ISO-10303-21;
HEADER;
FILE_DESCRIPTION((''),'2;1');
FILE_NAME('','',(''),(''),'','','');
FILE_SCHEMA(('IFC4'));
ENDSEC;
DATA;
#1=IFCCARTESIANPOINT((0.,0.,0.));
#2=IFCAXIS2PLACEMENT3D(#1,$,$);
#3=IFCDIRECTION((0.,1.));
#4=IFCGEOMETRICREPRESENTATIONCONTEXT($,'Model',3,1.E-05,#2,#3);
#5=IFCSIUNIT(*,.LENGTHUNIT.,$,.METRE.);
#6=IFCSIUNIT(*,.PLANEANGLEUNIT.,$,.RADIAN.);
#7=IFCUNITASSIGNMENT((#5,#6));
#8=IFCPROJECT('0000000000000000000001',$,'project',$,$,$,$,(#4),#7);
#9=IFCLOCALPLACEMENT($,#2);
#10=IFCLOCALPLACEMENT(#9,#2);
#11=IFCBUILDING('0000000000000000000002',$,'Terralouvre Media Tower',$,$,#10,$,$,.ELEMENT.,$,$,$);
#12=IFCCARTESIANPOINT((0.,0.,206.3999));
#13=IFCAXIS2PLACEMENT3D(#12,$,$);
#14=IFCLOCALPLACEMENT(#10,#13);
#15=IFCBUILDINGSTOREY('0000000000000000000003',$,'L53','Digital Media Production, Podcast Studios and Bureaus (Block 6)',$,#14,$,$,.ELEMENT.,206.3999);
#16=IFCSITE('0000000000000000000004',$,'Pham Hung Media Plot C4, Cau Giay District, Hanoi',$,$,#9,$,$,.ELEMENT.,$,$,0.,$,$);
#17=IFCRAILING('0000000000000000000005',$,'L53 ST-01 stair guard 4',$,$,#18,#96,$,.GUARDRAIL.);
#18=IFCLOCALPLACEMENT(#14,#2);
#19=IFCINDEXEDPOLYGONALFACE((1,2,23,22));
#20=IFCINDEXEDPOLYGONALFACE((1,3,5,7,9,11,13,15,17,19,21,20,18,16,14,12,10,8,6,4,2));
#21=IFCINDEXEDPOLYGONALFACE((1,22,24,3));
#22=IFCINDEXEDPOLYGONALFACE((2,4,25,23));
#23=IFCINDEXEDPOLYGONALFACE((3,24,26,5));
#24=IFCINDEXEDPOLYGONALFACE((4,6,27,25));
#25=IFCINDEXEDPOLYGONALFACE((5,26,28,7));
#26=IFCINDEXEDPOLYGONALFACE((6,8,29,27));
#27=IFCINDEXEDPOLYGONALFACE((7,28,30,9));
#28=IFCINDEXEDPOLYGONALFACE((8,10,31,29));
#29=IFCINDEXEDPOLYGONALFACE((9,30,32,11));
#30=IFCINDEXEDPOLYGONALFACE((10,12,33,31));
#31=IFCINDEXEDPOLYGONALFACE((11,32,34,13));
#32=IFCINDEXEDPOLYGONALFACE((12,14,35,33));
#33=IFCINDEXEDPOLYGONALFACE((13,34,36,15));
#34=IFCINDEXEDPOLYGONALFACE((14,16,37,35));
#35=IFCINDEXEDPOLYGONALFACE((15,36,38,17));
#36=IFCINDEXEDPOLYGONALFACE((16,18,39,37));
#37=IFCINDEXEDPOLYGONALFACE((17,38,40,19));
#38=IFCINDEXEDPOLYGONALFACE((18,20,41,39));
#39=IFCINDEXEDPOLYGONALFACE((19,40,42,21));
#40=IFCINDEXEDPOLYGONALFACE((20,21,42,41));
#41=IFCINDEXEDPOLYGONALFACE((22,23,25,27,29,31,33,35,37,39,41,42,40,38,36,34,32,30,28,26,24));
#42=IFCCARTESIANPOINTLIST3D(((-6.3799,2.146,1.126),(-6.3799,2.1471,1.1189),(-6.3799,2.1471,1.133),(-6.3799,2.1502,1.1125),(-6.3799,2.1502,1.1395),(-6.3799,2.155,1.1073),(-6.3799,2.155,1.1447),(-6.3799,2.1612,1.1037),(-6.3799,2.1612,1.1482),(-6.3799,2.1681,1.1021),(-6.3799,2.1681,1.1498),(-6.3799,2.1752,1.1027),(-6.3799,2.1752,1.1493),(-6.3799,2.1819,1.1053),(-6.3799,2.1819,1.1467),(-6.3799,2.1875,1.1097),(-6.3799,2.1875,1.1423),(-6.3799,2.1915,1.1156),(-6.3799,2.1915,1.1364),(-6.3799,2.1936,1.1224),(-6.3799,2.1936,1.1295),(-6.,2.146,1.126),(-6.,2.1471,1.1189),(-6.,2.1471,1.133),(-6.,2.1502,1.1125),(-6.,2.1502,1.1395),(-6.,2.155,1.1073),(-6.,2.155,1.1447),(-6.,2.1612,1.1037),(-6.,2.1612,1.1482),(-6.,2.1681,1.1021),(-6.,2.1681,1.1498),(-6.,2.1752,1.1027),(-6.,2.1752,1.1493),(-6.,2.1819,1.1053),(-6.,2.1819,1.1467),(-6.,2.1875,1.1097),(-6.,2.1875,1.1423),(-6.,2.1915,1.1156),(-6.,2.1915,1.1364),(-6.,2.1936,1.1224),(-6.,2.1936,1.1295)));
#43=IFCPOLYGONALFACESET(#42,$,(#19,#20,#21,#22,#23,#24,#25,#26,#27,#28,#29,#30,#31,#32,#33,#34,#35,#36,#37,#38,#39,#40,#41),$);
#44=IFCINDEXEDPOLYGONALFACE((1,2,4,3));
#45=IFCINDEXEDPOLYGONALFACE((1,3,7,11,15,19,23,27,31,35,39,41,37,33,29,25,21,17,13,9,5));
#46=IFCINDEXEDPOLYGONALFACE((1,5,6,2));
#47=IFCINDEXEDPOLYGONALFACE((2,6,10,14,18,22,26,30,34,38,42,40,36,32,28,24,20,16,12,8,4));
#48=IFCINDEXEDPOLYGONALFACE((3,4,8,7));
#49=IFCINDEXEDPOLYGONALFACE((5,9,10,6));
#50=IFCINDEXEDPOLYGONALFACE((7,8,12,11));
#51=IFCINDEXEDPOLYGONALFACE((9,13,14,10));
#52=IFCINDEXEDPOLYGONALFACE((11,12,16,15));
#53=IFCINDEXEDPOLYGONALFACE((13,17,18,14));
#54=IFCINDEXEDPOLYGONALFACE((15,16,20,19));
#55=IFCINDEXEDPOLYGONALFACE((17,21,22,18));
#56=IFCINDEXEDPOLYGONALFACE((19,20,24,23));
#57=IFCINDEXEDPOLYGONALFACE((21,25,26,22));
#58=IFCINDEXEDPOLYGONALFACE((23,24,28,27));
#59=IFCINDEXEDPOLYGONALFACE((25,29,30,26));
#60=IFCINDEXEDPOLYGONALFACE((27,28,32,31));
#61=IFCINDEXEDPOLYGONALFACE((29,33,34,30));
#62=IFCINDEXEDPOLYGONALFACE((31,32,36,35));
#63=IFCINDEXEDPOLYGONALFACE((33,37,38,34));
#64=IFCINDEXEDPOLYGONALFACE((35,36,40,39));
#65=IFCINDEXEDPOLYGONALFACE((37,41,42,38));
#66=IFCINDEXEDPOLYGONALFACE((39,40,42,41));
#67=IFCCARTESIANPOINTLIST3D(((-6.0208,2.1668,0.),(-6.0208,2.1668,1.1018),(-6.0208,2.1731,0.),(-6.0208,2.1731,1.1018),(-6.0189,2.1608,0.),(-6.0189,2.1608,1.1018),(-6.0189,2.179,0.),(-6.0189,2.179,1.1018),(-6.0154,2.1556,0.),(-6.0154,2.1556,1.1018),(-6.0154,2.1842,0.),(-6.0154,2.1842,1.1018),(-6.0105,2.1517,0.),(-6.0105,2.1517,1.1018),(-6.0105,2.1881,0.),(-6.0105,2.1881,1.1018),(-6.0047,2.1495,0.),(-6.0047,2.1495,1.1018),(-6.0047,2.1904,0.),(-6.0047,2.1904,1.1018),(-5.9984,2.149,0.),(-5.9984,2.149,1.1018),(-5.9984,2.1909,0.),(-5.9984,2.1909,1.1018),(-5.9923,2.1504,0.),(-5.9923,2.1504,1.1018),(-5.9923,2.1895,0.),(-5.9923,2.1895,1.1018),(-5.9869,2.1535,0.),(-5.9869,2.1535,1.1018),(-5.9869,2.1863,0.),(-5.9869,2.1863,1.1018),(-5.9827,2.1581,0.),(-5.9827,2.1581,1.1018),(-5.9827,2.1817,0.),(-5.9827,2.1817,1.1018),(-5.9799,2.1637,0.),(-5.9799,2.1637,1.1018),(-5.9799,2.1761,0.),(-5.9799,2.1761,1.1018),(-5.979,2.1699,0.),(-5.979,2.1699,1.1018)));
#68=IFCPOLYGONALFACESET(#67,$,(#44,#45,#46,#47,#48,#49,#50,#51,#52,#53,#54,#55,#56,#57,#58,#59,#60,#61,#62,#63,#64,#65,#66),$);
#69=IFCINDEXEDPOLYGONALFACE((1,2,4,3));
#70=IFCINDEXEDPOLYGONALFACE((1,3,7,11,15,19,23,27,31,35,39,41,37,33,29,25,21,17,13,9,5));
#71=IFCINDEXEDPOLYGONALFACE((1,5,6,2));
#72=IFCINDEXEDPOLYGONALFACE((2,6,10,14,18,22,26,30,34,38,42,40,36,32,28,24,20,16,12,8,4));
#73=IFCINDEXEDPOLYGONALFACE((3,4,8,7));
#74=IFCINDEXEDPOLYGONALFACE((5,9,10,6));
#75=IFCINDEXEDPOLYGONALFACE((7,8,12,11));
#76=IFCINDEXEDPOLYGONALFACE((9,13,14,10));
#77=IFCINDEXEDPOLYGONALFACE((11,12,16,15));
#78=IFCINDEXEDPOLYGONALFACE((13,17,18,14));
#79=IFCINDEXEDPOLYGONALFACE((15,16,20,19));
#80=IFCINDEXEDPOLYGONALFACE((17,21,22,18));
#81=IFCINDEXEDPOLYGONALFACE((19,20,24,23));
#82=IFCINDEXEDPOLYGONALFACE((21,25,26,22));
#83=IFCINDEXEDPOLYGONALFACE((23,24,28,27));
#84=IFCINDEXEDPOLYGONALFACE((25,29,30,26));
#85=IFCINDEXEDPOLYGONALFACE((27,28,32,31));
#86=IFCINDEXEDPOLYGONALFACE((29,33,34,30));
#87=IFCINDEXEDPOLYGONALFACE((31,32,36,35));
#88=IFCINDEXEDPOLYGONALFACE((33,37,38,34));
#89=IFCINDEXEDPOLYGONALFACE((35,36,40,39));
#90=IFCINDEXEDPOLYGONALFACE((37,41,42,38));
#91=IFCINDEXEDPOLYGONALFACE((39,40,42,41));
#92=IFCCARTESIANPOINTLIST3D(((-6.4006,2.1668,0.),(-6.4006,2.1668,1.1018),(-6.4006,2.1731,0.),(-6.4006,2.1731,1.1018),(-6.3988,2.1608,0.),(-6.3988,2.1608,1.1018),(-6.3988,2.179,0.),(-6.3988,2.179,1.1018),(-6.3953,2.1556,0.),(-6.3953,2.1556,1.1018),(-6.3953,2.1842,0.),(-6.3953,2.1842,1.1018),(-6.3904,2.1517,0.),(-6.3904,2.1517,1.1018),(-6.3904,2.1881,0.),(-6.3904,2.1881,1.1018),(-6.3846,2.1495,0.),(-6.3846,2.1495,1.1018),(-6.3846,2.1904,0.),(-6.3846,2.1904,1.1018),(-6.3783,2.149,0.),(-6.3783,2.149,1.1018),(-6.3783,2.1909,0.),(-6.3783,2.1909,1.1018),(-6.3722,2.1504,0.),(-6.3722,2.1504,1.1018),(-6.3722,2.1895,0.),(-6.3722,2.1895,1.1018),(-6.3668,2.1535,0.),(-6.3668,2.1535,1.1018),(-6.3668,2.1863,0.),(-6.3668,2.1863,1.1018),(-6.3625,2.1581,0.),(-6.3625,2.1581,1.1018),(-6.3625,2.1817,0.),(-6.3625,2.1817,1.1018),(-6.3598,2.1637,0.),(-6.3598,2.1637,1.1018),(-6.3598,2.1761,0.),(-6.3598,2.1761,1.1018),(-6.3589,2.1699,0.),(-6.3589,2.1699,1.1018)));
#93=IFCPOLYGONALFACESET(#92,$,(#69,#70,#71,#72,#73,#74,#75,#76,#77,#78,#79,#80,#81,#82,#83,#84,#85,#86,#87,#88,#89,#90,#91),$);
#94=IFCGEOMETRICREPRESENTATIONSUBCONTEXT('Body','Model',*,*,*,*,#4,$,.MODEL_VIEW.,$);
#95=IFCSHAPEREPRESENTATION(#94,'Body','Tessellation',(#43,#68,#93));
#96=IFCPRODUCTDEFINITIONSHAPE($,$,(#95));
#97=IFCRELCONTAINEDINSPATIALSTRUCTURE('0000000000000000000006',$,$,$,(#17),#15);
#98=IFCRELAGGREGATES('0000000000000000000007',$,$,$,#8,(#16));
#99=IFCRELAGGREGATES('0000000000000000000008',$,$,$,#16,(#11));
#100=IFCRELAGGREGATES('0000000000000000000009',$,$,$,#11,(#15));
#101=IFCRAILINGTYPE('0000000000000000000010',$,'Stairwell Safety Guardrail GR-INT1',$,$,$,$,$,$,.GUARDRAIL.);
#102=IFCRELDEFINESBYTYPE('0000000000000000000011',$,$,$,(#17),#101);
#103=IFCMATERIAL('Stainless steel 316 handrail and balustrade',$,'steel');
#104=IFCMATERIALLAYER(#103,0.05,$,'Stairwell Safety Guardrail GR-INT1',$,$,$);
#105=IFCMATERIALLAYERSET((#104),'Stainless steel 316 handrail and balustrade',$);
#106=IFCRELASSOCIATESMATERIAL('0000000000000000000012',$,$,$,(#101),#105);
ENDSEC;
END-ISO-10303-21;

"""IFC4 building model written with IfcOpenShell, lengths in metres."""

from ifc_helpers import new_model, si_unit, direction, frame, origin, origin_2d, place, context, subcontext, project, spatial, circle, extrude, material, layer, layer_set, type_object, element, save


model = new_model("IFC4")

# Units and contexts
model_context = context("Model", 3, precision=1e-05, world=origin(), true_north=direction((0.0, 1.0)))
body_context = subcontext(model_context, "Body", "Model", "MODEL_VIEW")
ifc_project = project(units=[si_unit("LENGTHUNIT", "METRE"), si_unit("PLANEANGLEUNIT", "RADIAN")], contexts=[model_context])

# Site, building, storey
site_placement = place(None, origin())
site = spatial("IfcSite", under=ifc_project, at=site_placement, Name="Pham Hung Media Plot C4, Cau Giay District, Hanoi", CompositionType="ELEMENT", RefElevation=0.0)
building_placement = place(site_placement, origin())
building = spatial("IfcBuilding", under=site, at=building_placement, Name="Terralouvre Media Tower", CompositionType="ELEMENT")
storey_placement = place(building_placement, frame((0.0, 0.0, 206.3999)))
storey = spatial("IfcBuildingStorey", under=building, at=storey_placement, Name="L53", Description="Digital Media Production, Podcast Studios and Bureaus (Block 6)", CompositionType="ELEMENT", Elevation=206.3999)

# Railing
ifc_material_1 = material(Name="Stainless steel 316 handrail and balustrade", Category="steel")
ifc_layer_1 = layer(ifc_material_1, 0.05, Name="Stairwell Safety Guardrail GR-INT1")
ifc_layer_set_1 = layer_set([ifc_layer_1], Name="Stainless steel 316 handrail and balustrade")
railing_type_1 = type_object("IfcRailingType", Name="Stairwell Safety Guardrail GR-INT1", PredefinedType="GUARDRAIL", material=ifc_layer_set_1)
railing_1_placement = place(storey_placement, frame((-6.0, 2.1699, 0.0)))
element("IfcRailing", 1, at=railing_1_placement, inside=storey, type_object=railing_type_1, Name="L53 ST-01 stair guard 4", PredefinedType="GUARDRAIL", context=body_context, shape_type="SweptSolid", body=[
    extrude(circle(Radius=0.0239, at=origin_2d()), frame((0.0, 0.0, 1.126), z_axis=(-1.0, 0.0, 0.0), x_axis=(0.0, -1.0, 0.0)), (0.0, 0.0, 1.0), 0.3799),
    extrude(circle(Radius=0.021, at=origin_2d()), origin(), (0.0, 0.0, 1.0), 1.1018),
    extrude(circle(Radius=0.021, at=origin_2d()), frame((-0.3799, 0.0, 0.0)), (0.0, 0.0, 1.0), 1.1018),
])

save(model, "model.ifc")
